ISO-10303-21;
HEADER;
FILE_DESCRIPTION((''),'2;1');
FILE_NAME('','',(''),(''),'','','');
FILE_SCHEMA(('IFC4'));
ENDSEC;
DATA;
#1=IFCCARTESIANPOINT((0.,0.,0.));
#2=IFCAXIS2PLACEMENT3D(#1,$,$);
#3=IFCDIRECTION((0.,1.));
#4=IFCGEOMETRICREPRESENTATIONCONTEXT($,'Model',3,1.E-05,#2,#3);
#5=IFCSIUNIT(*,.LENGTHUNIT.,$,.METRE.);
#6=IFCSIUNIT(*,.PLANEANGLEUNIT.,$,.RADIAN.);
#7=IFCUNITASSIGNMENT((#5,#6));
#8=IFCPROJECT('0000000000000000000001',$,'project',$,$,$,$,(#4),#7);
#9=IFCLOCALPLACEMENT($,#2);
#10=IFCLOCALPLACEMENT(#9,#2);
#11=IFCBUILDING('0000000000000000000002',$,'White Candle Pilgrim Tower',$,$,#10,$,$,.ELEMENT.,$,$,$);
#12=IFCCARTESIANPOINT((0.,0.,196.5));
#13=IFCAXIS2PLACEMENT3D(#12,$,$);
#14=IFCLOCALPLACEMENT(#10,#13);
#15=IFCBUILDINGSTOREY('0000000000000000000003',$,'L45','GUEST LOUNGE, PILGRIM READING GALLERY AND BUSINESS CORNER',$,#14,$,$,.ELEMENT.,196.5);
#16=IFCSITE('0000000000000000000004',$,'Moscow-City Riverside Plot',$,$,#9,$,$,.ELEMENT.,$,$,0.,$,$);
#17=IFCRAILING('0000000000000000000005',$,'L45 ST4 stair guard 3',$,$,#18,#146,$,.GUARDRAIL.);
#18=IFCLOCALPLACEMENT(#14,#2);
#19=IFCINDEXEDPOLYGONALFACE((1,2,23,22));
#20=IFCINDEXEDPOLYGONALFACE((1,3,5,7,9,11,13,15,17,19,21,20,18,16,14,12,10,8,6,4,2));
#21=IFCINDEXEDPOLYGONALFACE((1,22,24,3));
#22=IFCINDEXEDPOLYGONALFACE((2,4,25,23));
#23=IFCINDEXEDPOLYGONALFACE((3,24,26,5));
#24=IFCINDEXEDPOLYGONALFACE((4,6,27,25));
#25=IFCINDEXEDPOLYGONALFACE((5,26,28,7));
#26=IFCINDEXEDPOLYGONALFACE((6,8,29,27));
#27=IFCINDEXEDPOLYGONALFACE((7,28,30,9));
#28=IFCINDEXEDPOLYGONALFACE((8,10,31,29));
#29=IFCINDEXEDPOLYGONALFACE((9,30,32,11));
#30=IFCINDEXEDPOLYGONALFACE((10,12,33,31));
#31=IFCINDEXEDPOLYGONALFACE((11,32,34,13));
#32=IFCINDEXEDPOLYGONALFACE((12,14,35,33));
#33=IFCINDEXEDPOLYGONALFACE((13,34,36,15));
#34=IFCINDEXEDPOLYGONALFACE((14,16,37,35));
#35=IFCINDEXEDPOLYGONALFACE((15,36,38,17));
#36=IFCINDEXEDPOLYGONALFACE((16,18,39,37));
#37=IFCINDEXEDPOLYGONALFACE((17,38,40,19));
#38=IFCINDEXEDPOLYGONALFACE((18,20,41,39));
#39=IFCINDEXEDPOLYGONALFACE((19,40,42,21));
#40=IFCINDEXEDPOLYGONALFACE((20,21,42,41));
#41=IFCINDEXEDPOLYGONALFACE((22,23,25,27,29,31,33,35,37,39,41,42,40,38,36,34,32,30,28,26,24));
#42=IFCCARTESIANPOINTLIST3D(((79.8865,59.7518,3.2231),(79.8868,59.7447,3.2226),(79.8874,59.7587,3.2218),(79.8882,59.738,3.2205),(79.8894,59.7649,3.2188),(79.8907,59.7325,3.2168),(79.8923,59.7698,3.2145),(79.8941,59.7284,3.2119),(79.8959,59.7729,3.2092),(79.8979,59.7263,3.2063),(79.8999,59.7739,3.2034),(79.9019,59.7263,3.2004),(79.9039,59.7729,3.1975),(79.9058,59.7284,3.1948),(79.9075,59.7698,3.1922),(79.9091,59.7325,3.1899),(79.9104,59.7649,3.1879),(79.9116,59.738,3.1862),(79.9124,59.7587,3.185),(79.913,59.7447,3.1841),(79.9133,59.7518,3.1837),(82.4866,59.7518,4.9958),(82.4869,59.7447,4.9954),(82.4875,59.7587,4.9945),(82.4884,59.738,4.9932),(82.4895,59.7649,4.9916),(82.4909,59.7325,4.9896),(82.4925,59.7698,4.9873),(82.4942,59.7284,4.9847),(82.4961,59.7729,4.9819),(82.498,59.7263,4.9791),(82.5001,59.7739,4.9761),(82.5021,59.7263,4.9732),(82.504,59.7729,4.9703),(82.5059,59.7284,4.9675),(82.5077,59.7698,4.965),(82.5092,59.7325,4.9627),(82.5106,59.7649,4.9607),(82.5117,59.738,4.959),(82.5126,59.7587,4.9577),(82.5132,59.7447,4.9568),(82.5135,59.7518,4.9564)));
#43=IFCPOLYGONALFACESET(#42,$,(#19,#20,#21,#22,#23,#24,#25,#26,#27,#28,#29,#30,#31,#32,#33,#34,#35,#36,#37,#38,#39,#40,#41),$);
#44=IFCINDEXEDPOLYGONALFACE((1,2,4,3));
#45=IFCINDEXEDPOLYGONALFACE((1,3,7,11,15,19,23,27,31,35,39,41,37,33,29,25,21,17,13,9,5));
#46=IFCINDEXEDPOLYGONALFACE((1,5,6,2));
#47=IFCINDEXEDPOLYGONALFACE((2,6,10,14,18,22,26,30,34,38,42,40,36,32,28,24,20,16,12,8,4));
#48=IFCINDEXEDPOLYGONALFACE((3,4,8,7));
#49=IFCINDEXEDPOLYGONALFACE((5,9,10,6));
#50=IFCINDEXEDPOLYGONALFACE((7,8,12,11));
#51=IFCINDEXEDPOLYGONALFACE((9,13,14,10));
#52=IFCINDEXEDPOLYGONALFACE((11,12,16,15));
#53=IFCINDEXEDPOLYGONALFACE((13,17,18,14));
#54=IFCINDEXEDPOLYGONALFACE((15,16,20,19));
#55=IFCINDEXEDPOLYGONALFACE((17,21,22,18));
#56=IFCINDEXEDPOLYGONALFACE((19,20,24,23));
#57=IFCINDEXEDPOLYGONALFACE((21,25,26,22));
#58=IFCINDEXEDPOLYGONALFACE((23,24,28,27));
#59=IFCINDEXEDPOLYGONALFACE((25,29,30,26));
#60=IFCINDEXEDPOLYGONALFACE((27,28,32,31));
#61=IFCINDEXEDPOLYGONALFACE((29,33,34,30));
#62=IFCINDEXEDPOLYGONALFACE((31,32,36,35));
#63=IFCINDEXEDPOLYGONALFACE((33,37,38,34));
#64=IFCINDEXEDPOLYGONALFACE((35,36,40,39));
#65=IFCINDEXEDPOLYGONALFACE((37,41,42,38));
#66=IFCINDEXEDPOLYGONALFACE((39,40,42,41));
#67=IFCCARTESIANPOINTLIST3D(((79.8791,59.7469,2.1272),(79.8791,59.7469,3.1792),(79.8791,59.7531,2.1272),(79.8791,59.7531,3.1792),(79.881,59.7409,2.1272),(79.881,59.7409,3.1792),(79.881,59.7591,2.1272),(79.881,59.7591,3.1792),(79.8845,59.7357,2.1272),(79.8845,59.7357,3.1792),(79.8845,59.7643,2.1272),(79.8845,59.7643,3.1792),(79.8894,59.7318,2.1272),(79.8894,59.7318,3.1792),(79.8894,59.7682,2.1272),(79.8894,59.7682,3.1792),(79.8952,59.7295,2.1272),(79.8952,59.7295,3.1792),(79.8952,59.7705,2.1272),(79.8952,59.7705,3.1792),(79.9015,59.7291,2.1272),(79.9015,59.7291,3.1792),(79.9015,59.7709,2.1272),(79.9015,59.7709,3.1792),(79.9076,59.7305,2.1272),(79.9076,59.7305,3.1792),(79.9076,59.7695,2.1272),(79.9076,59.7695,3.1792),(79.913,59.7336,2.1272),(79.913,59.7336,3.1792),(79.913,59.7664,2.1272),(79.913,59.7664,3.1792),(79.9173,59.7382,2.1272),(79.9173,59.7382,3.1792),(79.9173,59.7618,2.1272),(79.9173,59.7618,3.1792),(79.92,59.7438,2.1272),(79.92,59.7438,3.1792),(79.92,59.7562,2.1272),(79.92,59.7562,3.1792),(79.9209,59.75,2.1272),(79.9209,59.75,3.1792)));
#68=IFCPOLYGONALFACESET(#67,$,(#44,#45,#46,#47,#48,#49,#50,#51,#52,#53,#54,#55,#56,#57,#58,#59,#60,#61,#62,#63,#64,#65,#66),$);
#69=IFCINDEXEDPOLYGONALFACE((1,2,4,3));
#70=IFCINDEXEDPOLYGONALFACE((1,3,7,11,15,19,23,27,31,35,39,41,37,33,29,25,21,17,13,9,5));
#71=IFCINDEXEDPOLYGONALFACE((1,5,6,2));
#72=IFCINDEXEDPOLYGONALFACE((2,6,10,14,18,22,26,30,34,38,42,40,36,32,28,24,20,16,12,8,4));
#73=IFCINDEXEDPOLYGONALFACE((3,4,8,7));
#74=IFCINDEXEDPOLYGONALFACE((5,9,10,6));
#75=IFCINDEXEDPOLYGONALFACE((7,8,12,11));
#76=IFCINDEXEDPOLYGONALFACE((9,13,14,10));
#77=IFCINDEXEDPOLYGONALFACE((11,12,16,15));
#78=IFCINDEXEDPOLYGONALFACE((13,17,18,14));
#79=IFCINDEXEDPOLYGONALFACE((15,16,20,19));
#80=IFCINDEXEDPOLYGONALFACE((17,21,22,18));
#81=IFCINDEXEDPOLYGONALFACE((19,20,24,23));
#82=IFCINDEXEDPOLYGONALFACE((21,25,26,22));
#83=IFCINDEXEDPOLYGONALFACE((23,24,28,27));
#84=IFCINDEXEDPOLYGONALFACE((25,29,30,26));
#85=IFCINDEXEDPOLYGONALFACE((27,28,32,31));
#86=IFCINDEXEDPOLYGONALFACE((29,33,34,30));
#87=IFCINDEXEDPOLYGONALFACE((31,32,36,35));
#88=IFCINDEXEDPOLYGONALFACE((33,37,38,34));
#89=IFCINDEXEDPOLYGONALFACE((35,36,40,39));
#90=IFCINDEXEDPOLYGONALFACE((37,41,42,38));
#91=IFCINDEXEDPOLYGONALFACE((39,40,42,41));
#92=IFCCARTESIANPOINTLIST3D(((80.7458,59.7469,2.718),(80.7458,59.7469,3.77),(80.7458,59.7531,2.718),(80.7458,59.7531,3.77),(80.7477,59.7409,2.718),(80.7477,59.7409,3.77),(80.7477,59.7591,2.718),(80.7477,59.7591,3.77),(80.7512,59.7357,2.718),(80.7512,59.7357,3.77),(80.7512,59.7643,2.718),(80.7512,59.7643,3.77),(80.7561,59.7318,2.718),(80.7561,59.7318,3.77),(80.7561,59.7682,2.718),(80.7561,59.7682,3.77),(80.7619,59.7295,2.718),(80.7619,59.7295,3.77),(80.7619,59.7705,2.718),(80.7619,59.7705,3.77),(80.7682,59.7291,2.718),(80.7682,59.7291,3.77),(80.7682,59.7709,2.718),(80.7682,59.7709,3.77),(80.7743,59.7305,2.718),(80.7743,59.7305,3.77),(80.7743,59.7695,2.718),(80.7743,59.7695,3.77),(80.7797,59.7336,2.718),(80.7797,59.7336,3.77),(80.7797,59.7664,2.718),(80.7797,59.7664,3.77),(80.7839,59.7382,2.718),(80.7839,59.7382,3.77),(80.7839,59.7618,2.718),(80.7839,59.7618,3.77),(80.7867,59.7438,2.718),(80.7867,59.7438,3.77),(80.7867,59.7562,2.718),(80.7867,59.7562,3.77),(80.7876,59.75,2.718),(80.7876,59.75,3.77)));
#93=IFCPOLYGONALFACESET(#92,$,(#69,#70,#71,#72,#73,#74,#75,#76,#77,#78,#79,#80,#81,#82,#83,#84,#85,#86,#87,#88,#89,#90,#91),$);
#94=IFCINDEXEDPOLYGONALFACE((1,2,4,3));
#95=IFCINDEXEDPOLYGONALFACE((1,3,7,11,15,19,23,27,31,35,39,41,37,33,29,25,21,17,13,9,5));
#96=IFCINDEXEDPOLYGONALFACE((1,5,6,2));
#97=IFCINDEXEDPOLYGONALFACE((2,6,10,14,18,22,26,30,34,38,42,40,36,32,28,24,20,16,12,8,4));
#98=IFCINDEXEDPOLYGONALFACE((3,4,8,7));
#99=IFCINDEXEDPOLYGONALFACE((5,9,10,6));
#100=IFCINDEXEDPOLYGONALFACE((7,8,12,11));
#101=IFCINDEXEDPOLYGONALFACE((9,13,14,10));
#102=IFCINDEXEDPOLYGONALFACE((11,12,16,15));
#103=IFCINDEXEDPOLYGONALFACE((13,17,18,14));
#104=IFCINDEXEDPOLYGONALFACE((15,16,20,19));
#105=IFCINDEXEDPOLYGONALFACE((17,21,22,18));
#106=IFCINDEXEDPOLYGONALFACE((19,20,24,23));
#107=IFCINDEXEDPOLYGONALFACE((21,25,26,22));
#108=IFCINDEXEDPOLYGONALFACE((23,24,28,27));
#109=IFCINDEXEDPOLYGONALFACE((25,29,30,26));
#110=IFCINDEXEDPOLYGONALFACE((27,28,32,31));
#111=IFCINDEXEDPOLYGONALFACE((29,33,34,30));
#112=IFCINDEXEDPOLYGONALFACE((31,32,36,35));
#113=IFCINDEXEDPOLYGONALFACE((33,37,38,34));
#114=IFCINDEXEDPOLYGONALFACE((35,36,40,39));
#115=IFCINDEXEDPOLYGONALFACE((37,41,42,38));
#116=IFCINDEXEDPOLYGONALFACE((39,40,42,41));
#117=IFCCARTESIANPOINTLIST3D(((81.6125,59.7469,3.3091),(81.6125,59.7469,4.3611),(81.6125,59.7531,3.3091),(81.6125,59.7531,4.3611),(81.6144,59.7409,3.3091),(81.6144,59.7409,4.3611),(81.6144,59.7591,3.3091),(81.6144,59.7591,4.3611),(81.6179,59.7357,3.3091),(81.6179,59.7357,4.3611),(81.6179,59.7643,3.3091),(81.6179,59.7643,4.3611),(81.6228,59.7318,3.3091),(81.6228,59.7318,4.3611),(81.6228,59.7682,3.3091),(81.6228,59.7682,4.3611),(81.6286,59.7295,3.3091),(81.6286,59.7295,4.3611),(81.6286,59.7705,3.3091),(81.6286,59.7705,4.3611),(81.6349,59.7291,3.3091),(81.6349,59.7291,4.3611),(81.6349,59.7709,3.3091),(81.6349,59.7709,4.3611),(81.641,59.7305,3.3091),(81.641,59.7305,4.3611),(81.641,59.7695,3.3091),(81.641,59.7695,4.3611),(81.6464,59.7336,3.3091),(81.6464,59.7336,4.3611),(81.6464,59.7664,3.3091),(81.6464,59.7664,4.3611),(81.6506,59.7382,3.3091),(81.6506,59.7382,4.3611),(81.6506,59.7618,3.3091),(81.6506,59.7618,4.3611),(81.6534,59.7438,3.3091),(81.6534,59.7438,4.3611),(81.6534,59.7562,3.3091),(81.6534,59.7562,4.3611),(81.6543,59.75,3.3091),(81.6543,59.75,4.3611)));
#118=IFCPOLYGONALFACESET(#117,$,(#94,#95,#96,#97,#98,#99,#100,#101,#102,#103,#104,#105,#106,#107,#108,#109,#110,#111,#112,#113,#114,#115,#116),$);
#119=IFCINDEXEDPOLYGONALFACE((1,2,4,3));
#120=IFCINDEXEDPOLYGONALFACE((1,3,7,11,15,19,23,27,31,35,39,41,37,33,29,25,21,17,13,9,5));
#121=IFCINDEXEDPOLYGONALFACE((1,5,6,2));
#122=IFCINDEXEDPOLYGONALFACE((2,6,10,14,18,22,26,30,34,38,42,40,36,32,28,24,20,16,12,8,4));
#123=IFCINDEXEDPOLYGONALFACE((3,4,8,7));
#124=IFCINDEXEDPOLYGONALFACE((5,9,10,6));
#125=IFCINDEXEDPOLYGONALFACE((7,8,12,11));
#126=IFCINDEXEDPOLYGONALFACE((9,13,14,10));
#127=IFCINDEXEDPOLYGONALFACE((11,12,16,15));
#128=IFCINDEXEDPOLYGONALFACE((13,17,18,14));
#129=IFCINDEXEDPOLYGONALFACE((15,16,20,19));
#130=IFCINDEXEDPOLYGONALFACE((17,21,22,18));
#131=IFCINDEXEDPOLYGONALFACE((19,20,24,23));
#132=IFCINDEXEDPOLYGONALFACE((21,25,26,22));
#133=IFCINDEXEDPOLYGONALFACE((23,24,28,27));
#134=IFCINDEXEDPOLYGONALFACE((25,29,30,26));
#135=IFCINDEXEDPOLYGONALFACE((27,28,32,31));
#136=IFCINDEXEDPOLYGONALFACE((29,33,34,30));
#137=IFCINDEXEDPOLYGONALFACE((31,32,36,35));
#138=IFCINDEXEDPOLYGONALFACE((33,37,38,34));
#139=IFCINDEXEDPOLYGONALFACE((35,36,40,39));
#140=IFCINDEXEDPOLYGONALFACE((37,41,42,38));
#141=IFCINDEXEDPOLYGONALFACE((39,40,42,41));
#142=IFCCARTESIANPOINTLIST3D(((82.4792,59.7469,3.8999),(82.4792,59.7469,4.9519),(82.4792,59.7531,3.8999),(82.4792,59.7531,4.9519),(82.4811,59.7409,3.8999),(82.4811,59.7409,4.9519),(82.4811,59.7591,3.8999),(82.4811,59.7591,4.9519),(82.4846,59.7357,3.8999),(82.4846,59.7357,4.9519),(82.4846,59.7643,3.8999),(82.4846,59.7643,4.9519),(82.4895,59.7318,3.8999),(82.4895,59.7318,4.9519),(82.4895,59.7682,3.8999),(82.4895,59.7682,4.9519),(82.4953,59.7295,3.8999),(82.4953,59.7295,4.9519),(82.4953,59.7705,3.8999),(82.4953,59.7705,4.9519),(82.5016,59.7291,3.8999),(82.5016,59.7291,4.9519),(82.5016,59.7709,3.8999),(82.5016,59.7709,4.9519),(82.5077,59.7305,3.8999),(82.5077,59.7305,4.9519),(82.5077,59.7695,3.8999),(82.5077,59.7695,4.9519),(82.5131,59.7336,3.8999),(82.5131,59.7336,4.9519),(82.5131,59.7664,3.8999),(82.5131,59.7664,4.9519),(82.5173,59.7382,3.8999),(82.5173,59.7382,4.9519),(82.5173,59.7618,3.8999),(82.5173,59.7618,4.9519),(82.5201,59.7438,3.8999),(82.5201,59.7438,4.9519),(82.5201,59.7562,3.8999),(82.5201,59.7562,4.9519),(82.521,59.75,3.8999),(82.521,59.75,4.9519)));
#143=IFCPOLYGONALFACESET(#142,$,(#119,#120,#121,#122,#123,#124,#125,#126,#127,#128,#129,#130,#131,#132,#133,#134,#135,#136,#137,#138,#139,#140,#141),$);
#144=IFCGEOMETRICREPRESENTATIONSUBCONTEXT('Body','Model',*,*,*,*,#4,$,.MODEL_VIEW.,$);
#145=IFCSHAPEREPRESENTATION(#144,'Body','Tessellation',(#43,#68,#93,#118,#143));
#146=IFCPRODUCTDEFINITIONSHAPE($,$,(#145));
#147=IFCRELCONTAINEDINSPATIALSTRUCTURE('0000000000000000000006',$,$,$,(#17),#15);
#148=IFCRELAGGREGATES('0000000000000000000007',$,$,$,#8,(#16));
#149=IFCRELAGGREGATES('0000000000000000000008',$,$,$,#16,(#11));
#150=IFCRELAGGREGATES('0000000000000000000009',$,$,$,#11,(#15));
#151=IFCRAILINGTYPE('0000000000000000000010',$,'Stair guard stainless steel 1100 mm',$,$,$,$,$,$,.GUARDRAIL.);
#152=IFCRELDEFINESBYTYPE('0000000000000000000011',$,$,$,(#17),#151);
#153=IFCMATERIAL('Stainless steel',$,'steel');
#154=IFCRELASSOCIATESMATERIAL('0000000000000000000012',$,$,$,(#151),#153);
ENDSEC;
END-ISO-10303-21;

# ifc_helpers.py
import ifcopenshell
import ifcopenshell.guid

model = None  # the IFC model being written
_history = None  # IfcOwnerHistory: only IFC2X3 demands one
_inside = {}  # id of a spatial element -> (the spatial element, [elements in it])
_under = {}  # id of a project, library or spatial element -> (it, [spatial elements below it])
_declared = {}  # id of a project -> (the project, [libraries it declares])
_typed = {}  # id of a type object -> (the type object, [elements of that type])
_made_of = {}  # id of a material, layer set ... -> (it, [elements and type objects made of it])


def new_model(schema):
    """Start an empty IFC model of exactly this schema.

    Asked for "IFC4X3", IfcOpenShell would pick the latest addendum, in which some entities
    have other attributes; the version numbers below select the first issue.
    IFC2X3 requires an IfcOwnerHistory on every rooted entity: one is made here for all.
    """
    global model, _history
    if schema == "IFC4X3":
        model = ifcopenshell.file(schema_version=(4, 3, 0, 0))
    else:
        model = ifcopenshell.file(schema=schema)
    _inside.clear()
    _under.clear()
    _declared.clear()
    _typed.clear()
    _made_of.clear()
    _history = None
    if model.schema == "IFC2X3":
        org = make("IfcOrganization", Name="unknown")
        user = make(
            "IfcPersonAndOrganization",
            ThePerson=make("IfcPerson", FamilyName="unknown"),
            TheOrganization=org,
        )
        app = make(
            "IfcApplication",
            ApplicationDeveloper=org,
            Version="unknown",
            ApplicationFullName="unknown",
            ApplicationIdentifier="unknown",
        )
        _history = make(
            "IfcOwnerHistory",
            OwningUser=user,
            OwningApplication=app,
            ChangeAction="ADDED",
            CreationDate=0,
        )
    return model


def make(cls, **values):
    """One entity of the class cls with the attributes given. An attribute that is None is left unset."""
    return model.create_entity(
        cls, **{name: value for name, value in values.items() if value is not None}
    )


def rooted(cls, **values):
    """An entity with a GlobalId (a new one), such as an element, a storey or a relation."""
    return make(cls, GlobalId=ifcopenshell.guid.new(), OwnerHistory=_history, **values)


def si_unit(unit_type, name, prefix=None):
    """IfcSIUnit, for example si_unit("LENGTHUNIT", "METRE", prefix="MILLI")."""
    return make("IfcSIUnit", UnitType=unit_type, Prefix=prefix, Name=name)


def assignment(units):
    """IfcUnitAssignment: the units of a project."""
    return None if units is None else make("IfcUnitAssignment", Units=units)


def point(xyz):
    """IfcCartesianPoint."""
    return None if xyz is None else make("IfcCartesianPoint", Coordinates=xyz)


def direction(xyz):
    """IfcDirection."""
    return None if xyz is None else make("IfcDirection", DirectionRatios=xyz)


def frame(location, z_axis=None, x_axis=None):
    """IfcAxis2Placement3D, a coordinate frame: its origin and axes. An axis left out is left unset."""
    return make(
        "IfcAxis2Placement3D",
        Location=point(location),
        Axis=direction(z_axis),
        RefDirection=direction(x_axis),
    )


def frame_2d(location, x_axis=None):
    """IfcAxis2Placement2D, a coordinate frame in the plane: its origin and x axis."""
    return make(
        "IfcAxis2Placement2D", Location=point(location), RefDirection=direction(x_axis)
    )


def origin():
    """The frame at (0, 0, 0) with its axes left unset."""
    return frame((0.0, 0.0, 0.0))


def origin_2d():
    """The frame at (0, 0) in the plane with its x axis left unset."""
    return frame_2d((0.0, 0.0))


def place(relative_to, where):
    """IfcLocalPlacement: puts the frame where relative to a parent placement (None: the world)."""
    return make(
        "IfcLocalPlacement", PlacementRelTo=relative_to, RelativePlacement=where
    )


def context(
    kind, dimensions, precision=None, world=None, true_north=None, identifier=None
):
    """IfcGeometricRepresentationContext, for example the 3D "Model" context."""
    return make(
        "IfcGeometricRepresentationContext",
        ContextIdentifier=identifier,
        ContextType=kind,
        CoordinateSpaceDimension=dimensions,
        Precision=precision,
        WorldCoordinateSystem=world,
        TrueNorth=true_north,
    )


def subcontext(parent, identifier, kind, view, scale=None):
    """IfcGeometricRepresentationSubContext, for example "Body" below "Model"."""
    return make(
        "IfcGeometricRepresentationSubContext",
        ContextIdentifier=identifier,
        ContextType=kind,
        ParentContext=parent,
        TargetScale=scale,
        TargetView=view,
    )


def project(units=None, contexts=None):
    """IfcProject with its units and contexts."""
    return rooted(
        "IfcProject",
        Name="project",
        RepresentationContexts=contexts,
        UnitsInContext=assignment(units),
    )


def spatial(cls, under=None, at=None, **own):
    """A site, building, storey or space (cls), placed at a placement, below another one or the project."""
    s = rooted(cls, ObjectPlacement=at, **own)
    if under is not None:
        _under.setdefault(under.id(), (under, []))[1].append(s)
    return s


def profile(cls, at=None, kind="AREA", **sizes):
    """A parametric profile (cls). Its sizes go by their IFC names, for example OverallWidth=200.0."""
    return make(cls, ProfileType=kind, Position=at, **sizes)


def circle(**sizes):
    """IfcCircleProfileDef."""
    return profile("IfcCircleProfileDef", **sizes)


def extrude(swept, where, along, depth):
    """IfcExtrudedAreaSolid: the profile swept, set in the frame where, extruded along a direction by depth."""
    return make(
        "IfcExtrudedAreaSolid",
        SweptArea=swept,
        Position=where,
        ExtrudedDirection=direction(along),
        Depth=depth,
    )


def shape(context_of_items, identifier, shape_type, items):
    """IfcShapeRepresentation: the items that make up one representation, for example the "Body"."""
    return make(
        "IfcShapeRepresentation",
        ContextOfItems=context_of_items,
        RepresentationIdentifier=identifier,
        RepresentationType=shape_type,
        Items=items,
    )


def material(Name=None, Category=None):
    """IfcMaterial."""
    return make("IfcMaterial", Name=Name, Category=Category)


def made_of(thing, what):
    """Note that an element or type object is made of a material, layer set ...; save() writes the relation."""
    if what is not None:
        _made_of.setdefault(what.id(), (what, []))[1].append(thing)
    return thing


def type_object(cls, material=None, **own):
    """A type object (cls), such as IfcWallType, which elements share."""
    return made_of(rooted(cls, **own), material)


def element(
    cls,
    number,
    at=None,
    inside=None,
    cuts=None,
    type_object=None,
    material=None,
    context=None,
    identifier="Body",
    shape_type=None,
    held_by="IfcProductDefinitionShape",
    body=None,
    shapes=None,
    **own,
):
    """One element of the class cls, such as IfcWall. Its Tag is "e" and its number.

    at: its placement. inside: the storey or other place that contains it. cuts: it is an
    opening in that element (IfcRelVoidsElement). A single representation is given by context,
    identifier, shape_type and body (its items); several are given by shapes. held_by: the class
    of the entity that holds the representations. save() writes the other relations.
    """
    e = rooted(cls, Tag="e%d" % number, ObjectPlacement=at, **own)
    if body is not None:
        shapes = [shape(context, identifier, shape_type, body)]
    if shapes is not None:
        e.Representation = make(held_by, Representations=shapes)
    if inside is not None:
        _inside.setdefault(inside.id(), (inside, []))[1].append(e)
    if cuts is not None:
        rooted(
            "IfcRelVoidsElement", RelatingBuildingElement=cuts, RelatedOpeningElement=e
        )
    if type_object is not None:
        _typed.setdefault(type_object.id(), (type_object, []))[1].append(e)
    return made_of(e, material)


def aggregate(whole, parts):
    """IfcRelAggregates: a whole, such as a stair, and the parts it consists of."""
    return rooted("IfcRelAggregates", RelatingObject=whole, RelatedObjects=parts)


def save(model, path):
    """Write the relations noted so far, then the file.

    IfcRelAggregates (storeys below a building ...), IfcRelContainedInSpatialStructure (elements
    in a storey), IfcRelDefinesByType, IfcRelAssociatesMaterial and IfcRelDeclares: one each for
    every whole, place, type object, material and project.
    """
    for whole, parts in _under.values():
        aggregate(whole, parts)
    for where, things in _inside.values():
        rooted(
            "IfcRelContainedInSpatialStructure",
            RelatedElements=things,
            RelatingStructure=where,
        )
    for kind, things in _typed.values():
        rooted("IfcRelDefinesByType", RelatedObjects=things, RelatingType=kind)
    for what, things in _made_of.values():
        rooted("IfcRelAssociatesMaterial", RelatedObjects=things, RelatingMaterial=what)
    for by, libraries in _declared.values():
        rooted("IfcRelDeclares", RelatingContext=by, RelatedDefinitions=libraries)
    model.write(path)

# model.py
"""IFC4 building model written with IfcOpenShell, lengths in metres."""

from ifc_helpers import new_model, si_unit, direction, frame, origin, origin_2d, place, context, subcontext, project, spatial, circle, extrude, material, type_object, element, save


model = new_model("IFC4")

# Units and contexts
model_context = context("Model", 3, precision=1e-05, world=origin(), true_north=direction((0.0, 1.0)))
body_context = subcontext(model_context, "Body", "Model", "MODEL_VIEW")
ifc_project = project(units=[si_unit("LENGTHUNIT", "METRE"), si_unit("PLANEANGLEUNIT", "RADIAN")], contexts=[model_context])

# Site, building, storey
site_placement = place(None, origin())
site = spatial("IfcSite", under=ifc_project, at=site_placement, Name="Moscow-City Riverside Plot", CompositionType="ELEMENT", RefElevation=0.0)
building_placement = place(site_placement, origin())
building = spatial("IfcBuilding", under=site, at=building_placement, Name="White Candle Pilgrim Tower", CompositionType="ELEMENT")
storey_placement = place(building_placement, frame((0.0, 0.0, 196.5)))
storey = spatial("IfcBuildingStorey", under=building, at=storey_placement, Name="L45", Description="GUEST LOUNGE, PILGRIM READING GALLERY AND BUSINESS CORNER", CompositionType="ELEMENT", Elevation=196.5)

# Railing
ifc_material_1 = material(Name="Stainless steel", Category="steel")
railing_type_1 = type_object("IfcRailingType", Name="Stair guard stainless steel 1100 mm", PredefinedType="GUARDRAIL", material=ifc_material_1)
railing_1_placement = place(storey_placement, frame((79.8999, 59.75, 2.1272)))
element("IfcRailing", 1, at=railing_1_placement, inside=storey, type_object=railing_type_1, Name="L45 ST4 stair guard 3", PredefinedType="GUARDRAIL", context=body_context, shape_type="SweptSolid", body=[
    extrude(circle(Radius=0.0239, at=origin_2d()), frame((0.0, 0.0, 1.0762), z_axis=(0.82624, 0.0, 0.563318), x_axis=(0.0, 1.0, 0.0)), (0.0, 0.0, 1.0), 3.147),
    extrude(circle(Radius=0.021, at=origin_2d()), origin(), (0.0, 0.0, 1.0), 1.052),
    extrude(circle(Radius=0.021, at=origin_2d()), frame((0.8667, 0.0, 0.5908)), (0.0, 0.0, 1.0), 1.052),
    extrude(circle(Radius=0.021, at=origin_2d()), frame((1.7334, 0.0, 1.1819)), (0.0, 0.0, 1.0), 1.052),
    extrude(circle(Radius=0.021, at=origin_2d()), frame((2.6001, 0.0, 1.7727)), (0.0, 0.0, 1.0), 1.052),
])

save(model, "model.ifc")
